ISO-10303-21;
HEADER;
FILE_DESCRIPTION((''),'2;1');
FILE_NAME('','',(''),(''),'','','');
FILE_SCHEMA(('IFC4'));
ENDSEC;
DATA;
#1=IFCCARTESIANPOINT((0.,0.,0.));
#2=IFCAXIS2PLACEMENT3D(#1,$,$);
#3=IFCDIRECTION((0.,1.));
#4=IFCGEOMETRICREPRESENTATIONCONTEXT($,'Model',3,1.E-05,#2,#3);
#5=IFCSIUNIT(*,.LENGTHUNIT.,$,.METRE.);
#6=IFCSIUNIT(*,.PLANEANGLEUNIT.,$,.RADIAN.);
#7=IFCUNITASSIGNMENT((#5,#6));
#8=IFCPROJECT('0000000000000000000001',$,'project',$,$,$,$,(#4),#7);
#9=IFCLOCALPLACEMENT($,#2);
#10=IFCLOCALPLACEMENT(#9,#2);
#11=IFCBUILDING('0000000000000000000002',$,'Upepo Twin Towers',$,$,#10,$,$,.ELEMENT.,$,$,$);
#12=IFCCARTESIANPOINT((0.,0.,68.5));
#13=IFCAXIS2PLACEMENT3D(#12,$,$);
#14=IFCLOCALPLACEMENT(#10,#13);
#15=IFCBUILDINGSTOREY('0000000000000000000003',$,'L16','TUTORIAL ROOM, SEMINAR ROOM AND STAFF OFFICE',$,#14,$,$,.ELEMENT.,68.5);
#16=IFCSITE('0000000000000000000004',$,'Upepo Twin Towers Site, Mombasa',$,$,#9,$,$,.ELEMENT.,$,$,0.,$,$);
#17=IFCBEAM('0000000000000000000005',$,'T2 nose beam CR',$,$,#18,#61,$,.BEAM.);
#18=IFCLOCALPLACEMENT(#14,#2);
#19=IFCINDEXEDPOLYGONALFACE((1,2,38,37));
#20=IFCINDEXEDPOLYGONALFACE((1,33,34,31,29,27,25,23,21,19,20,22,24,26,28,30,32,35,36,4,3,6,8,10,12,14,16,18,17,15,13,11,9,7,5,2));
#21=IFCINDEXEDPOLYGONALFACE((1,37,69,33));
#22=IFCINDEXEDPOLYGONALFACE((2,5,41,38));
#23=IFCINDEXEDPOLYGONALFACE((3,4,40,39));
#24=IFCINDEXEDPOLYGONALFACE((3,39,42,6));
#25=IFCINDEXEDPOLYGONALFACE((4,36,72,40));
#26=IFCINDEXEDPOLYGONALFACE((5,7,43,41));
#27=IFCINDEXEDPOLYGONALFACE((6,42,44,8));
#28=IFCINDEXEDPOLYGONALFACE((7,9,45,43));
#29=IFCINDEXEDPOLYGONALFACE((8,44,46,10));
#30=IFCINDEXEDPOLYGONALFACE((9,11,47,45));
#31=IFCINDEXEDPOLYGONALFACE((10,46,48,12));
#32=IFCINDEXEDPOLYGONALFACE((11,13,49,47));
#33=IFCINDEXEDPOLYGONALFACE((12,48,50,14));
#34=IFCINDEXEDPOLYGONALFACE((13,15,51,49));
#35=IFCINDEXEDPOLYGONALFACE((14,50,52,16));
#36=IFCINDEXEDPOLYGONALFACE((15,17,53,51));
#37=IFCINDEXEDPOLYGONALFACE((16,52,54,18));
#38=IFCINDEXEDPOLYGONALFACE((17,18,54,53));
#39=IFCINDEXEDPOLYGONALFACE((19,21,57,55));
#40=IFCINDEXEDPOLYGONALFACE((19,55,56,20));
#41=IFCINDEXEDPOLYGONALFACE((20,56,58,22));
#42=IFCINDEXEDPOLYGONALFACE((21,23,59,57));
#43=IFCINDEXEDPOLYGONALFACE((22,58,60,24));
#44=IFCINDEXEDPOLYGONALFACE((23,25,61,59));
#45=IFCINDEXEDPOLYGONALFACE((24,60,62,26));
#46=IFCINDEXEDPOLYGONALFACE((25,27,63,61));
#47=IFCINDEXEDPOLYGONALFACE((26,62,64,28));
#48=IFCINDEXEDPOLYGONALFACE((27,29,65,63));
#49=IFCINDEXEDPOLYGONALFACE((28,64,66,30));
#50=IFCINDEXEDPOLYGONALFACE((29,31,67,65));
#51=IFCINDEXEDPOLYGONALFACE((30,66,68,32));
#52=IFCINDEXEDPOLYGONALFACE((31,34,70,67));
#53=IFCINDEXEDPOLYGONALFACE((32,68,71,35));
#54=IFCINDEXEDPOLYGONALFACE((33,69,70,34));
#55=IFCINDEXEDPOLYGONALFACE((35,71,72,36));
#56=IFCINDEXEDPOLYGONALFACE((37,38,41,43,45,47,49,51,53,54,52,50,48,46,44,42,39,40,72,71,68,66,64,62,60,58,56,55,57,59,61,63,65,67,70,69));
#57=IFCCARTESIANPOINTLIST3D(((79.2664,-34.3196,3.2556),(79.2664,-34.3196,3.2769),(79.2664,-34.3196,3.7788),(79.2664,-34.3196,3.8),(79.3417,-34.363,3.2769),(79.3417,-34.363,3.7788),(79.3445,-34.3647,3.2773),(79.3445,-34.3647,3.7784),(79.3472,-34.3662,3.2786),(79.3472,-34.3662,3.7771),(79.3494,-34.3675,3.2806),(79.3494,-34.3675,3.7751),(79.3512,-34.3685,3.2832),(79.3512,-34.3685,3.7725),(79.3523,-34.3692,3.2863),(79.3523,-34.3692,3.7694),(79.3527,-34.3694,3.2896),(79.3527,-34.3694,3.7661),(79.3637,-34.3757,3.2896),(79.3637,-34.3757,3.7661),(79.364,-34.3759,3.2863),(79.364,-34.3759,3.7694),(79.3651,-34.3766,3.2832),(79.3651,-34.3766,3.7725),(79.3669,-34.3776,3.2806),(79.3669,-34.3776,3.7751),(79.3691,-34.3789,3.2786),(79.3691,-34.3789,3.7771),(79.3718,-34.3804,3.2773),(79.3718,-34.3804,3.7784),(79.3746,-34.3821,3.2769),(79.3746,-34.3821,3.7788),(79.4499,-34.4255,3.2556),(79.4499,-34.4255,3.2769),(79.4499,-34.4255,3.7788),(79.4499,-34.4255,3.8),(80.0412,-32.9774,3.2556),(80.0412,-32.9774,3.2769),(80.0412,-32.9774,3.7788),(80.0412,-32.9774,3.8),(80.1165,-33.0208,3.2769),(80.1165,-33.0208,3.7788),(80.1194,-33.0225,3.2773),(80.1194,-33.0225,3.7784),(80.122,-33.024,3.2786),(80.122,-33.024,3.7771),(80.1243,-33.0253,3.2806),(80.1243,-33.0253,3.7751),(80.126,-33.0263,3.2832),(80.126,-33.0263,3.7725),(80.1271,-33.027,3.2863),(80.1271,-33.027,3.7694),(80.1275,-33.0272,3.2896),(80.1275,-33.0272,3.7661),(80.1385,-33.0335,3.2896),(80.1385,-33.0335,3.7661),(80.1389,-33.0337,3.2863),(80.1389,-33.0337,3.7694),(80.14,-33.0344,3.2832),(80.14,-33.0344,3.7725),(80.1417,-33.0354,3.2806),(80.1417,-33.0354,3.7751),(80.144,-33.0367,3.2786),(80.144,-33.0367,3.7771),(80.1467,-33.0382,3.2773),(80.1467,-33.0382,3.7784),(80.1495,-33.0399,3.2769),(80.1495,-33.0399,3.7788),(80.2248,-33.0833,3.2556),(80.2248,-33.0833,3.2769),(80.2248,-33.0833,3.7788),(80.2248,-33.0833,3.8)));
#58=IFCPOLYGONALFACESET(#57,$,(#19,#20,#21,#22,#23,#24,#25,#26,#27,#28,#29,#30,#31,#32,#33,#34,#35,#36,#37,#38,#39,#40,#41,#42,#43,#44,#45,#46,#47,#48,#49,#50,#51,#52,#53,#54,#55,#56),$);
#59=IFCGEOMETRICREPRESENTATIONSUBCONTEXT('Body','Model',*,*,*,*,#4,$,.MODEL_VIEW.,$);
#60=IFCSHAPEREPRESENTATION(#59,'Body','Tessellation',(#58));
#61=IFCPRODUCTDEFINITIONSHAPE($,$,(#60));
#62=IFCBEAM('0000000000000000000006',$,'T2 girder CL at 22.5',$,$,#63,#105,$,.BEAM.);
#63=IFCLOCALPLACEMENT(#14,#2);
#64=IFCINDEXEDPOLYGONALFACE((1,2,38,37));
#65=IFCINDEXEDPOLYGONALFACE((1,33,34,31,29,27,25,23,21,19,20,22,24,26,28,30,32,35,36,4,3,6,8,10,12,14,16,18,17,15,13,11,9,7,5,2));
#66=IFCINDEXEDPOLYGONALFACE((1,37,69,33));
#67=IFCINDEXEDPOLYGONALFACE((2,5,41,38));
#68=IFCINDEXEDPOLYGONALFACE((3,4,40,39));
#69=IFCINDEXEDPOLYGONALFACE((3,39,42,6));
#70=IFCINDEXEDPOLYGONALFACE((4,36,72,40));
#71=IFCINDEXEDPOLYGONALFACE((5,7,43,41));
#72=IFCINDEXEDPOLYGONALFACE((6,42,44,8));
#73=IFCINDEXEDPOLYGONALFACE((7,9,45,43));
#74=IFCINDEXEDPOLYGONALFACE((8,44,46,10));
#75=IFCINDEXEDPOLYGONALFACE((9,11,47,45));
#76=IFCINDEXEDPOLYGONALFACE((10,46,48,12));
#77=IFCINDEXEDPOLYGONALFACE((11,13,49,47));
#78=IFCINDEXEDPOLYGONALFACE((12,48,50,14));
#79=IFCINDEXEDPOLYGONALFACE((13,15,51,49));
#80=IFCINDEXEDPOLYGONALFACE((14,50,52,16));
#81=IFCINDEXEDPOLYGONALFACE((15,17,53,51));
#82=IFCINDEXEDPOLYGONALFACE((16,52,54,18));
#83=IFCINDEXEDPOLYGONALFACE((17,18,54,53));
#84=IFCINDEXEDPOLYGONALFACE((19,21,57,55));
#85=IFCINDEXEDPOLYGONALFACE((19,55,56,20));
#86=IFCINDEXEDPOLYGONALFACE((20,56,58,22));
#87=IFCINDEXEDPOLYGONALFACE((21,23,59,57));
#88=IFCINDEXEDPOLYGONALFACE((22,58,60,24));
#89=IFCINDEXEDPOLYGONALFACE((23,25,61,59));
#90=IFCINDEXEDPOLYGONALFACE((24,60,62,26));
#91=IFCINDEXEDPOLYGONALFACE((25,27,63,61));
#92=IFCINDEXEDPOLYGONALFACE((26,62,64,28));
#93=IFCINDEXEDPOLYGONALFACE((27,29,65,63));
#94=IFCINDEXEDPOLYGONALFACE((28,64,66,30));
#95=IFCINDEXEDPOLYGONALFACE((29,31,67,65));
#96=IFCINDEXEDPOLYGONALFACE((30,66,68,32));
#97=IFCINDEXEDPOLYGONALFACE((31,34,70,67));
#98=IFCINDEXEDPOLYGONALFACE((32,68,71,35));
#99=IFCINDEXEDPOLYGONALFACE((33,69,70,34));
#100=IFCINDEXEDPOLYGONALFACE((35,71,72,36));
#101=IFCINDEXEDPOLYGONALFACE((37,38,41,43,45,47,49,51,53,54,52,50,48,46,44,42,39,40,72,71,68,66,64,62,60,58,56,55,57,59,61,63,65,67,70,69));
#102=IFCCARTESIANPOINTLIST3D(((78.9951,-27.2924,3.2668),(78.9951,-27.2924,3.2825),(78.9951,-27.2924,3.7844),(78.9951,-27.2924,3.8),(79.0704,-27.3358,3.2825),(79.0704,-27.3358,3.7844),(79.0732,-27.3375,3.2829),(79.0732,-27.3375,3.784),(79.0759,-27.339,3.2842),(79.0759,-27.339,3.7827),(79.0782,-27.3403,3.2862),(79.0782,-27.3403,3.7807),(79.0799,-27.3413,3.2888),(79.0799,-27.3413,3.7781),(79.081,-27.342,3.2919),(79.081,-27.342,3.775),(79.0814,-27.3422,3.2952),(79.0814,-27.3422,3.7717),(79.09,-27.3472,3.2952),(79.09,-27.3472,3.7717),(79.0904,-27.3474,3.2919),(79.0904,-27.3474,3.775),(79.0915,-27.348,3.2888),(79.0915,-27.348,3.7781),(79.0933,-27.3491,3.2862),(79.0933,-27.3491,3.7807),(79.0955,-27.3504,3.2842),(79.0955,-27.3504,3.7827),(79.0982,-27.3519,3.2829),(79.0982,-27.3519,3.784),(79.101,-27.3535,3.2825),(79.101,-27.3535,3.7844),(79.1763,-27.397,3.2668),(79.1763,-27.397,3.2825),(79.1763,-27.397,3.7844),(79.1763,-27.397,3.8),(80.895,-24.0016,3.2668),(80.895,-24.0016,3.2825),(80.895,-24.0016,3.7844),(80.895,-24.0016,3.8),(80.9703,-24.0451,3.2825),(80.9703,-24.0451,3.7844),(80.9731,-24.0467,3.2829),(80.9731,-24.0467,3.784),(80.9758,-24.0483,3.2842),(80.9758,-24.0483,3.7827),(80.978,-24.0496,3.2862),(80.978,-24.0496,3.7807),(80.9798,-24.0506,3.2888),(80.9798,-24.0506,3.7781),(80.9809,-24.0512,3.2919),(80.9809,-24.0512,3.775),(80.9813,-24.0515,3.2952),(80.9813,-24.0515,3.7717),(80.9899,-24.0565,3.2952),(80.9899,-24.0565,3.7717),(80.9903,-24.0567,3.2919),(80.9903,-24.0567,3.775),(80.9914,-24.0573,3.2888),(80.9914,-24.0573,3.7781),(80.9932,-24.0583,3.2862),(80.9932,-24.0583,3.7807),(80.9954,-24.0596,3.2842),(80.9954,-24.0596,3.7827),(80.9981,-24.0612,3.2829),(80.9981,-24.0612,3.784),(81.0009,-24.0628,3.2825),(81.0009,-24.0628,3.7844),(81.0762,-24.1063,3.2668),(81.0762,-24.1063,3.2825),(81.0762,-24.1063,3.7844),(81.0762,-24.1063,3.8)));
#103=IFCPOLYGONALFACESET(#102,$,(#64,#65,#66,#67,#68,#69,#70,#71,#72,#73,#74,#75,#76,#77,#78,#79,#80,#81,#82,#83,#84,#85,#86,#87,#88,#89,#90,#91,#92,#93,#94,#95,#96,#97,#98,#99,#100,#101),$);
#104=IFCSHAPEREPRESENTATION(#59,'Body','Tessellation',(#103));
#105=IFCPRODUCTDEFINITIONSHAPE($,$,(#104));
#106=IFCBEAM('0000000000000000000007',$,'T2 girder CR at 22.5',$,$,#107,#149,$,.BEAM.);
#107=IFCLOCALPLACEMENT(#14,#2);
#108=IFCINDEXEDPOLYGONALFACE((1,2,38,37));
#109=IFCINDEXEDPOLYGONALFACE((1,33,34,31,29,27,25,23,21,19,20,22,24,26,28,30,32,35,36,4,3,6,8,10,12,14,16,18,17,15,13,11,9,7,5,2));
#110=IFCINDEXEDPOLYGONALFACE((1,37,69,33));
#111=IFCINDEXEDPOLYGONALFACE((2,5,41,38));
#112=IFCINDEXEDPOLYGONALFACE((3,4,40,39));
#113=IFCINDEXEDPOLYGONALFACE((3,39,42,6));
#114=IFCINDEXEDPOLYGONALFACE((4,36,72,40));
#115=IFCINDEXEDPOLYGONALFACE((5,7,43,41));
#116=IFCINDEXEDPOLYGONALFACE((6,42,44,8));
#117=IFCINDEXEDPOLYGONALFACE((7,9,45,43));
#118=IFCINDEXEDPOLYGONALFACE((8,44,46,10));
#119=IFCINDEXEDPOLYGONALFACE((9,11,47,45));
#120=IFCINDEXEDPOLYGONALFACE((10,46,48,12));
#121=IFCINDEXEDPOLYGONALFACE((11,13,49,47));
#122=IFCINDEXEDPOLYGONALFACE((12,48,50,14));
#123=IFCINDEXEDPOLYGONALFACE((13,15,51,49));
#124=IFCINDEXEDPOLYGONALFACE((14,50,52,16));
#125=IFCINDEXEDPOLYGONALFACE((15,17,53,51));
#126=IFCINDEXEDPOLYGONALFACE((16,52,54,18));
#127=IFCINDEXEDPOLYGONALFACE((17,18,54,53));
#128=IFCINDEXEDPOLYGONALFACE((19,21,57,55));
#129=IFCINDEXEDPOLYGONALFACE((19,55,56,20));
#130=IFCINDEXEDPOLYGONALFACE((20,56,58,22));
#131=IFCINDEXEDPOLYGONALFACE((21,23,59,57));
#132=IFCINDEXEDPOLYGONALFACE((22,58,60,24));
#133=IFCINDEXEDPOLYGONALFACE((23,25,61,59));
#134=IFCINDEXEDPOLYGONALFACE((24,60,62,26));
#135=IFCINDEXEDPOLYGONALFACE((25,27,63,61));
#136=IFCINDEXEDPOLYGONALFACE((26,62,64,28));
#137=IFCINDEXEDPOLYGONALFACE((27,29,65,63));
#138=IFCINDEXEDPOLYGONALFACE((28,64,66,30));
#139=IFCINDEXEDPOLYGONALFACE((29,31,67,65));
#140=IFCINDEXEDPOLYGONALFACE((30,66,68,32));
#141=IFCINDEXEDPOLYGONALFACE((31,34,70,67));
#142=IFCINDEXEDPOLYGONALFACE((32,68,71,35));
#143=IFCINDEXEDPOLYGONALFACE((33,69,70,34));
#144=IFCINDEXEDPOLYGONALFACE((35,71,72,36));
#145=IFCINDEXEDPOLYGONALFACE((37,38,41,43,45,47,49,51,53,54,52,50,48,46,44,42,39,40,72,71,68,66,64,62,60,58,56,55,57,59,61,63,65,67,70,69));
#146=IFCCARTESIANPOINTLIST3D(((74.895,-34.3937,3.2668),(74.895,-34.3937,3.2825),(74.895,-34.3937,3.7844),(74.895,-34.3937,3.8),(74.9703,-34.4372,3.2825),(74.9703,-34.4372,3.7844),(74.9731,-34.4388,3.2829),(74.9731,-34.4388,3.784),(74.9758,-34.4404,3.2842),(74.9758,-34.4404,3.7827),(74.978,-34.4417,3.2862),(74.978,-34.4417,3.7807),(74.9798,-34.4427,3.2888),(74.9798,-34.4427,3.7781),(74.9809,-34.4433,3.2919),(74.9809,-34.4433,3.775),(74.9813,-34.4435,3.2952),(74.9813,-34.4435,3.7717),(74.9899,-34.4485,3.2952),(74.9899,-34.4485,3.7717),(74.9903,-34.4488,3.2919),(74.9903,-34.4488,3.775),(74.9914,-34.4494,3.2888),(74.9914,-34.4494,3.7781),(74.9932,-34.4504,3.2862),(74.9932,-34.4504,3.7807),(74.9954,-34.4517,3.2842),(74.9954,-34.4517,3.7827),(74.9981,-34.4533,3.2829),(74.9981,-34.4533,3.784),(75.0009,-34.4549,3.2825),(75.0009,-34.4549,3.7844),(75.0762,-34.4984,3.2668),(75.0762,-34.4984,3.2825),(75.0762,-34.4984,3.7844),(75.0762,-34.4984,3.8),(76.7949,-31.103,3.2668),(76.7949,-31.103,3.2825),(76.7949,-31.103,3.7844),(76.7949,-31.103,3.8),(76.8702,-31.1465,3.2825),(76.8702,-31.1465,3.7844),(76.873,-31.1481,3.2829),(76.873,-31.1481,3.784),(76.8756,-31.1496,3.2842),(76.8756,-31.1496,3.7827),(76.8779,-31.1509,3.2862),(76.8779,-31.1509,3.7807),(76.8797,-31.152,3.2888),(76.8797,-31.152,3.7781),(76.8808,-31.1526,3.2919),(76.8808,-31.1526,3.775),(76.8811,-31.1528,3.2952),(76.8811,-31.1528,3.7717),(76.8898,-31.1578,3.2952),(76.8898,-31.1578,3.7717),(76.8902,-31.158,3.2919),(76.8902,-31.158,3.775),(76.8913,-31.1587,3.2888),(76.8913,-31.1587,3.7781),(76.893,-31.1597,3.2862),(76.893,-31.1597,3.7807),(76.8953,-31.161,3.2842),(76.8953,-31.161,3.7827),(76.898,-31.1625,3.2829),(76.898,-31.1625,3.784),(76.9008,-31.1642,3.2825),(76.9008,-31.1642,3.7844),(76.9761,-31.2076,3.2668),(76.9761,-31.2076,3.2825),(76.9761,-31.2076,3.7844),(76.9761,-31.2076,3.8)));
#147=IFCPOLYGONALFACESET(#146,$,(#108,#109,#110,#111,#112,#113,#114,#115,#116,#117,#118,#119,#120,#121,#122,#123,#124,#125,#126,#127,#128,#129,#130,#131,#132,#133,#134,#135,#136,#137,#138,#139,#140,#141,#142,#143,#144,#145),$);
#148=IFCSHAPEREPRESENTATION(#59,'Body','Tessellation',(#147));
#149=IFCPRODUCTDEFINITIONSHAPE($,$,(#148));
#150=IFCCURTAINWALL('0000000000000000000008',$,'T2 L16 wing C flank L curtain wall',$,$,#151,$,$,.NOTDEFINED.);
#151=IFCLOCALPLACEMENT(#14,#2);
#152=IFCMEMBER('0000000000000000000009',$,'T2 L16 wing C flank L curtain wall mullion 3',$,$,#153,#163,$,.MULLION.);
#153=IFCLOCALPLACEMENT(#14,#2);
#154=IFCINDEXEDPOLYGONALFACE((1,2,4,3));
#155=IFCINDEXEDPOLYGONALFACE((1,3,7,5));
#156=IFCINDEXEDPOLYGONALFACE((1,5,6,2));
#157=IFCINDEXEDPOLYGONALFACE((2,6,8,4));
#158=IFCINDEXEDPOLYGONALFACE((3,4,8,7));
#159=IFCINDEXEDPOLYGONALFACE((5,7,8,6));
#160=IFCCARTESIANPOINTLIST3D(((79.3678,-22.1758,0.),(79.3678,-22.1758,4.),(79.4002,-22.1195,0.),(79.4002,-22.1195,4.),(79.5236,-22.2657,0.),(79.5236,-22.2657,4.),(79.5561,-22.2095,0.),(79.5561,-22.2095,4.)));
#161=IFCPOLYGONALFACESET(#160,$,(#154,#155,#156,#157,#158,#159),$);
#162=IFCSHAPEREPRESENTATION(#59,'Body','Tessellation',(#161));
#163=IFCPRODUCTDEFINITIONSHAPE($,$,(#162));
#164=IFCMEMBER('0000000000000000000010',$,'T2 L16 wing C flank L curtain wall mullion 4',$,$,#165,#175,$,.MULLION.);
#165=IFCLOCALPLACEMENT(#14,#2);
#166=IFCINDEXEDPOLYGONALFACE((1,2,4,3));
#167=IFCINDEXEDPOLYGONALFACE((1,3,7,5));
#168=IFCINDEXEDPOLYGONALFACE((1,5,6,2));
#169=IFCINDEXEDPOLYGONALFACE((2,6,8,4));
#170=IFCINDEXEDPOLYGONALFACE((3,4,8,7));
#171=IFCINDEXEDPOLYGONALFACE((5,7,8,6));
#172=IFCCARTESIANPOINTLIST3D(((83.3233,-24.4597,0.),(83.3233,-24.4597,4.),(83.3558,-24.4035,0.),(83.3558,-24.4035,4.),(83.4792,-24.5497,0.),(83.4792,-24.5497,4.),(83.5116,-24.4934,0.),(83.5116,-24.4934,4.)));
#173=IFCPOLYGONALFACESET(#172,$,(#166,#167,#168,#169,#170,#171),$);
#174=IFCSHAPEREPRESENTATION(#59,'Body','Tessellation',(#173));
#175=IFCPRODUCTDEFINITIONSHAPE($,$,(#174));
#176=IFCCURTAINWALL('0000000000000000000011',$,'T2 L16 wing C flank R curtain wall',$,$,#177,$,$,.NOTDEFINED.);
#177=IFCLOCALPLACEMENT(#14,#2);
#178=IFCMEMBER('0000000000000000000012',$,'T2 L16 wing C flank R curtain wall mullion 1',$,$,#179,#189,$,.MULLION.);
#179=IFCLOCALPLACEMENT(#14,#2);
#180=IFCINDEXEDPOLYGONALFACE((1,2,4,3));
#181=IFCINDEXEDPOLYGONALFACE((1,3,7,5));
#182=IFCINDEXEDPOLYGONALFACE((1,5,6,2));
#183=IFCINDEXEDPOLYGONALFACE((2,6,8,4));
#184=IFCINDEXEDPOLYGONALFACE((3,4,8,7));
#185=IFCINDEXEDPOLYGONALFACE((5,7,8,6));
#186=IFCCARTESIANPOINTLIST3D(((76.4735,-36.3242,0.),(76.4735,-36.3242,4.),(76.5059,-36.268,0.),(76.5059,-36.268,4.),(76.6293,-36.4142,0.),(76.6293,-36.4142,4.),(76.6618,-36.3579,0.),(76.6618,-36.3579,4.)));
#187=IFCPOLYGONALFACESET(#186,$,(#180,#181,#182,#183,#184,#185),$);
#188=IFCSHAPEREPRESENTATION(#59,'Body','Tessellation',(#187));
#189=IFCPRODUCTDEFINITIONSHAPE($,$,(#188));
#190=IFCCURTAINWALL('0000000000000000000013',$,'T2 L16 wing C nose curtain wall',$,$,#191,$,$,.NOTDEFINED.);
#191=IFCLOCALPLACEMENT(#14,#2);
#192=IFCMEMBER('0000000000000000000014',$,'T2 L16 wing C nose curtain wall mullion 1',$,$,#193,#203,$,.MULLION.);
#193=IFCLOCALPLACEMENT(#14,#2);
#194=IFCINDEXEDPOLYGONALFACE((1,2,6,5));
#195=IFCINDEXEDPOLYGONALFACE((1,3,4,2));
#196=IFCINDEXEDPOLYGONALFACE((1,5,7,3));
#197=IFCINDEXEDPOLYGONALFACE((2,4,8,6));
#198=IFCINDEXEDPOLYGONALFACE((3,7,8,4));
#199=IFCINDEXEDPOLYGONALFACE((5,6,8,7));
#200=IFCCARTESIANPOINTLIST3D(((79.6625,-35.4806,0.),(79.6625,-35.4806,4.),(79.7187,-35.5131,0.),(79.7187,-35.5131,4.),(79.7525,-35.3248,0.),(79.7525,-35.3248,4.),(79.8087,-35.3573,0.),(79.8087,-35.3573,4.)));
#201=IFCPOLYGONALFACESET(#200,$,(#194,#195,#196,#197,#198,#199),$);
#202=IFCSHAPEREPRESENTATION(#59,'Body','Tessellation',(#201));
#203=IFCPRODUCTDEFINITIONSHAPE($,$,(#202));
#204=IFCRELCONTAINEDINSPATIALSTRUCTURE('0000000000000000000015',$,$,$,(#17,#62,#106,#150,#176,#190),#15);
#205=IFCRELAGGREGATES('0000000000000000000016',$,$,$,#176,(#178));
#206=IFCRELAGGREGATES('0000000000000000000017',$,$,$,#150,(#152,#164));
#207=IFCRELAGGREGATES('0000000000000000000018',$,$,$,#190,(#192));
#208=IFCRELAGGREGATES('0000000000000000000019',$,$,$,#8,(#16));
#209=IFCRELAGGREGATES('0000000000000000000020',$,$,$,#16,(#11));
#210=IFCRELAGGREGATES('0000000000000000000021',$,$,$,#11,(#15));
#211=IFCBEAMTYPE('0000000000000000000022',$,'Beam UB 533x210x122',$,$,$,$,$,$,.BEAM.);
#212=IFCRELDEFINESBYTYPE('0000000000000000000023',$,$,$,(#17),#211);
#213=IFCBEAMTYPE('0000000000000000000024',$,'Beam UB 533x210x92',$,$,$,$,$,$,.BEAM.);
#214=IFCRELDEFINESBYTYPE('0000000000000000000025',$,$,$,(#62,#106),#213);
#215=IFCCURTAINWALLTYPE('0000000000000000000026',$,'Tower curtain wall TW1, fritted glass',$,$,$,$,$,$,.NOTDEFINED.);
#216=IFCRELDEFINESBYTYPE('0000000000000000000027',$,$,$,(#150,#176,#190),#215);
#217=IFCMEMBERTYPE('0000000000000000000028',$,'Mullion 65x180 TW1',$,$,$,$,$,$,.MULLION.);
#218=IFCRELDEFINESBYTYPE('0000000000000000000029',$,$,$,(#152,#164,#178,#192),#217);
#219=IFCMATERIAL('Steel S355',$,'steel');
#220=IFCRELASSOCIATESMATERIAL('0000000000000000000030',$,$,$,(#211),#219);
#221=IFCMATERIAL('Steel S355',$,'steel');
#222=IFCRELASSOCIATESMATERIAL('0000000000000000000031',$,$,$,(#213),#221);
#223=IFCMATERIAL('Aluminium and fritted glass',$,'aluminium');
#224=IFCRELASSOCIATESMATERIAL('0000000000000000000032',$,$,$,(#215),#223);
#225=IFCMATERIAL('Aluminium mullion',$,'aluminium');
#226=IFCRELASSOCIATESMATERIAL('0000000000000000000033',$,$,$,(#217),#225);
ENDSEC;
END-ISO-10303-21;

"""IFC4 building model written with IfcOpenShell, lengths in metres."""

from ifc_helpers import new_model, si_unit, direction, frame, origin, origin_2d, place, context, subcontext, project, spatial, rectangle, i_section, extrude, material, material_profile, profile_set, type_object, element, aggregate, save


model = new_model("IFC4")

# Units and contexts
model_context = context("Model", 3, precision=1e-05, world=origin(), true_north=direction((0.0, 1.0)))
body_context = subcontext(model_context, "Body", "Model", "MODEL_VIEW")
ifc_project = project(units=[si_unit("LENGTHUNIT", "METRE"), si_unit("PLANEANGLEUNIT", "RADIAN")], contexts=[model_context])

# Site, building, storey
site_placement = place(None, origin())
site = spatial("IfcSite", under=ifc_project, at=site_placement, Name="Upepo Twin Towers Site, Mombasa", CompositionType="ELEMENT", RefElevation=0.0)
building_placement = place(site_placement, origin())
building = spatial("IfcBuilding", under=site, at=building_placement, Name="Upepo Twin Towers", CompositionType="ELEMENT")
storey_placement = place(building_placement, frame((0.0, 0.0, 68.5)))
storey = spatial("IfcBuildingStorey", under=building, at=storey_placement, Name="L16", Description="TUTORIAL ROOM, SEMINAR ROOM AND STAFF OFFICE", CompositionType="ELEMENT", Elevation=68.5)

# Beams
ifc_material_1 = material(Name="Steel S355", Category="steel")
ifc_material_profile_1 = material_profile(ifc_material_1, i_section(OverallWidth=0.2119, OverallDepth=0.5444, WebThickness=0.0127, FlangeThickness=0.0212, FilletRadius=0.0127, at=origin_2d()), Name="UB 533x210x122")
ifc_profile_set_1 = profile_set([ifc_material_profile_1], Name="Steel S355")
beam_type_1 = type_object("IfcBeamType", Name="Beam UB 533x210x122", PredefinedType="BEAM", material=ifc_profile_set_1)
for number, where, z_axis, x_axis, name in (
    (1, (79.3582, -34.3726, 3.5278), (0.499968, 0.866044, 0.0), (-0.866044, 0.499968, 0.0), "T2 nose beam CR"),
):
    element("IfcBeam", number, at=place(storey_placement, frame(where, z_axis=z_axis, x_axis=x_axis)), inside=storey, type_object=beam_type_1, Name=name, PredefinedType="BEAM", context=body_context, shape_type="SweptSolid", body=[
        extrude(i_section(OverallWidth=0.2119, OverallDepth=0.5444, WebThickness=0.0127, FlangeThickness=0.0212, FilletRadius=0.0127, at=origin_2d()), origin(), (0.0, 0.0, 1.0), 1.5498),
    ])
ifc_material_2 = material(Name="Steel S355", Category="steel")
ifc_material_profile_2 = material_profile(ifc_material_2, i_section(OverallWidth=0.2092, OverallDepth=0.5332, WebThickness=0.01, FlangeThickness=0.0156, FilletRadius=0.0127, at=origin_2d()), Name="UB 533x210x92")
ifc_profile_set_2 = profile_set([ifc_material_profile_2], Name="Steel S355")
beam_type_2 = type_object("IfcBeamType", Name="Beam UB 533x210x92", PredefinedType="BEAM", material=ifc_profile_set_2)
for number, where, z_axis, x_axis, name in (
    (2, (80.9856, -24.054, 3.5334), (-0.499995, -0.866028, 0.0), (0.866028, -0.499995, 0.0), "T2 girder CL at 22.5"),
    (3, (74.9856, -34.446, 3.5334), (0.499995, 0.866028, 0.0), (-0.866028, 0.499995, 0.0), "T2 girder CR at 22.5"),
):
    element("IfcBeam", number, at=place(storey_placement, frame(where, z_axis=z_axis, x_axis=x_axis)), inside=storey, type_object=beam_type_2, Name=name, PredefinedType="BEAM", context=body_context, shape_type="SweptSolid", body=[
        extrude(i_section(OverallWidth=0.2092, OverallDepth=0.5332, WebThickness=0.01, FlangeThickness=0.0156, FilletRadius=0.0127, at=origin_2d()), origin(), (0.0, 0.0, 1.0), 3.7998),
    ])

# Curtain wall, members
ifc_material_3 = material(Name="Aluminium and fritted glass", Category="aluminium")
curtain_wall_type = type_object("IfcCurtainWallType", Name="Tower curtain wall TW1, fritted glass", PredefinedType="NOTDEFINED", material=ifc_material_3)
curtain_wall_1_placement = place(storey_placement, origin())
curtain_wall_1 = element("IfcCurtainWall", 4, at=curtain_wall_1_placement, inside=storey, type_object=curtain_wall_type, Name="T2 L16 wing C flank L curtain wall", PredefinedType="NOTDEFINED")
ifc_material_4 = material(Name="Aluminium mullion", Category="aluminium")
ifc_material_profile_3 = material_profile(ifc_material_4, rectangle(XDim=0.0649, YDim=0.1799, at=origin_2d()), Name="MULLION 65x180")
ifc_profile_set_3 = profile_set([ifc_material_profile_3], Name="Aluminium mullion")
member_type_1 = type_object("IfcMemberType", Name="Mullion 65x180 TW1", PredefinedType="MULLION", material=ifc_profile_set_3)
member_1_placement = place(storey_placement, frame((79.4619, -22.1926, 0.0), z_axis=(0.0, 0.0, 1.0), x_axis=(0.5, 0.866025, 0.0)))
member_1 = element("IfcMember", 5, at=member_1_placement, type_object=member_type_1, Name="T2 L16 wing C flank L curtain wall mullion 3", PredefinedType="MULLION", context=body_context, shape_type="SweptSolid", body=[
    extrude(rectangle(XDim=0.0649, YDim=0.1799, at=origin_2d()), origin(), (0.0, 0.0, 1.0), 4.0),
])
member_2_placement = place(storey_placement, frame((83.4175, -24.4766, 0.0), z_axis=(0.0, 0.0, 1.0), x_axis=(0.5, 0.866025, 0.0)))
member_2 = element("IfcMember", 6, at=member_2_placement, type_object=member_type_1, Name="T2 L16 wing C flank L curtain wall mullion 4", PredefinedType="MULLION", context=body_context, shape_type="SweptSolid", body=[
    extrude(rectangle(XDim=0.0649, YDim=0.1799, at=origin_2d()), origin(), (0.0, 0.0, 1.0), 4.0),
])

# Curtain wall, member
curtain_wall_2_placement = place(storey_placement, origin())
curtain_wall_2 = element("IfcCurtainWall", 7, at=curtain_wall_2_placement, inside=storey, type_object=curtain_wall_type, Name="T2 L16 wing C flank R curtain wall", PredefinedType="NOTDEFINED")
member_3_placement = place(storey_placement, frame((76.5676, -36.3411, 0.0), z_axis=(0.0, 0.0, 1.0), x_axis=(-0.5, -0.866025, 0.0)))
member_3 = element("IfcMember", 8, at=member_3_placement, type_object=member_type_1, Name="T2 L16 wing C flank R curtain wall mullion 1", PredefinedType="MULLION", context=body_context, shape_type="SweptSolid", body=[
    extrude(rectangle(XDim=0.0649, YDim=0.1799, at=origin_2d()), origin(), (0.0, 0.0, 1.0), 4.0),
])

# Curtain wall, member
curtain_wall_3_placement = place(storey_placement, origin())
curtain_wall_3 = element("IfcCurtainWall", 9, at=curtain_wall_3_placement, inside=storey, type_object=curtain_wall_type, Name="T2 L16 wing C nose curtain wall", PredefinedType="NOTDEFINED")
member_4_placement = place(storey_placement, frame((79.7356, -35.4189, 0.0), z_axis=(0.0, 0.0, 1.0), x_axis=(-0.866025, 0.5, 0.0)))
member_4 = element("IfcMember", 10, at=member_4_placement, type_object=member_type_1, Name="T2 L16 wing C nose curtain wall mullion 1", PredefinedType="MULLION", context=body_context, shape_type="SweptSolid", body=[
    extrude(rectangle(XDim=0.0649, YDim=0.1799, at=origin_2d()), origin(), (0.0, 0.0, 1.0), 4.0),
])

aggregate(curtain_wall_2, [member_3])

aggregate(curtain_wall_1, [member_1, member_2])
aggregate(curtain_wall_3, [member_4])

save(model, "model.ifc")
